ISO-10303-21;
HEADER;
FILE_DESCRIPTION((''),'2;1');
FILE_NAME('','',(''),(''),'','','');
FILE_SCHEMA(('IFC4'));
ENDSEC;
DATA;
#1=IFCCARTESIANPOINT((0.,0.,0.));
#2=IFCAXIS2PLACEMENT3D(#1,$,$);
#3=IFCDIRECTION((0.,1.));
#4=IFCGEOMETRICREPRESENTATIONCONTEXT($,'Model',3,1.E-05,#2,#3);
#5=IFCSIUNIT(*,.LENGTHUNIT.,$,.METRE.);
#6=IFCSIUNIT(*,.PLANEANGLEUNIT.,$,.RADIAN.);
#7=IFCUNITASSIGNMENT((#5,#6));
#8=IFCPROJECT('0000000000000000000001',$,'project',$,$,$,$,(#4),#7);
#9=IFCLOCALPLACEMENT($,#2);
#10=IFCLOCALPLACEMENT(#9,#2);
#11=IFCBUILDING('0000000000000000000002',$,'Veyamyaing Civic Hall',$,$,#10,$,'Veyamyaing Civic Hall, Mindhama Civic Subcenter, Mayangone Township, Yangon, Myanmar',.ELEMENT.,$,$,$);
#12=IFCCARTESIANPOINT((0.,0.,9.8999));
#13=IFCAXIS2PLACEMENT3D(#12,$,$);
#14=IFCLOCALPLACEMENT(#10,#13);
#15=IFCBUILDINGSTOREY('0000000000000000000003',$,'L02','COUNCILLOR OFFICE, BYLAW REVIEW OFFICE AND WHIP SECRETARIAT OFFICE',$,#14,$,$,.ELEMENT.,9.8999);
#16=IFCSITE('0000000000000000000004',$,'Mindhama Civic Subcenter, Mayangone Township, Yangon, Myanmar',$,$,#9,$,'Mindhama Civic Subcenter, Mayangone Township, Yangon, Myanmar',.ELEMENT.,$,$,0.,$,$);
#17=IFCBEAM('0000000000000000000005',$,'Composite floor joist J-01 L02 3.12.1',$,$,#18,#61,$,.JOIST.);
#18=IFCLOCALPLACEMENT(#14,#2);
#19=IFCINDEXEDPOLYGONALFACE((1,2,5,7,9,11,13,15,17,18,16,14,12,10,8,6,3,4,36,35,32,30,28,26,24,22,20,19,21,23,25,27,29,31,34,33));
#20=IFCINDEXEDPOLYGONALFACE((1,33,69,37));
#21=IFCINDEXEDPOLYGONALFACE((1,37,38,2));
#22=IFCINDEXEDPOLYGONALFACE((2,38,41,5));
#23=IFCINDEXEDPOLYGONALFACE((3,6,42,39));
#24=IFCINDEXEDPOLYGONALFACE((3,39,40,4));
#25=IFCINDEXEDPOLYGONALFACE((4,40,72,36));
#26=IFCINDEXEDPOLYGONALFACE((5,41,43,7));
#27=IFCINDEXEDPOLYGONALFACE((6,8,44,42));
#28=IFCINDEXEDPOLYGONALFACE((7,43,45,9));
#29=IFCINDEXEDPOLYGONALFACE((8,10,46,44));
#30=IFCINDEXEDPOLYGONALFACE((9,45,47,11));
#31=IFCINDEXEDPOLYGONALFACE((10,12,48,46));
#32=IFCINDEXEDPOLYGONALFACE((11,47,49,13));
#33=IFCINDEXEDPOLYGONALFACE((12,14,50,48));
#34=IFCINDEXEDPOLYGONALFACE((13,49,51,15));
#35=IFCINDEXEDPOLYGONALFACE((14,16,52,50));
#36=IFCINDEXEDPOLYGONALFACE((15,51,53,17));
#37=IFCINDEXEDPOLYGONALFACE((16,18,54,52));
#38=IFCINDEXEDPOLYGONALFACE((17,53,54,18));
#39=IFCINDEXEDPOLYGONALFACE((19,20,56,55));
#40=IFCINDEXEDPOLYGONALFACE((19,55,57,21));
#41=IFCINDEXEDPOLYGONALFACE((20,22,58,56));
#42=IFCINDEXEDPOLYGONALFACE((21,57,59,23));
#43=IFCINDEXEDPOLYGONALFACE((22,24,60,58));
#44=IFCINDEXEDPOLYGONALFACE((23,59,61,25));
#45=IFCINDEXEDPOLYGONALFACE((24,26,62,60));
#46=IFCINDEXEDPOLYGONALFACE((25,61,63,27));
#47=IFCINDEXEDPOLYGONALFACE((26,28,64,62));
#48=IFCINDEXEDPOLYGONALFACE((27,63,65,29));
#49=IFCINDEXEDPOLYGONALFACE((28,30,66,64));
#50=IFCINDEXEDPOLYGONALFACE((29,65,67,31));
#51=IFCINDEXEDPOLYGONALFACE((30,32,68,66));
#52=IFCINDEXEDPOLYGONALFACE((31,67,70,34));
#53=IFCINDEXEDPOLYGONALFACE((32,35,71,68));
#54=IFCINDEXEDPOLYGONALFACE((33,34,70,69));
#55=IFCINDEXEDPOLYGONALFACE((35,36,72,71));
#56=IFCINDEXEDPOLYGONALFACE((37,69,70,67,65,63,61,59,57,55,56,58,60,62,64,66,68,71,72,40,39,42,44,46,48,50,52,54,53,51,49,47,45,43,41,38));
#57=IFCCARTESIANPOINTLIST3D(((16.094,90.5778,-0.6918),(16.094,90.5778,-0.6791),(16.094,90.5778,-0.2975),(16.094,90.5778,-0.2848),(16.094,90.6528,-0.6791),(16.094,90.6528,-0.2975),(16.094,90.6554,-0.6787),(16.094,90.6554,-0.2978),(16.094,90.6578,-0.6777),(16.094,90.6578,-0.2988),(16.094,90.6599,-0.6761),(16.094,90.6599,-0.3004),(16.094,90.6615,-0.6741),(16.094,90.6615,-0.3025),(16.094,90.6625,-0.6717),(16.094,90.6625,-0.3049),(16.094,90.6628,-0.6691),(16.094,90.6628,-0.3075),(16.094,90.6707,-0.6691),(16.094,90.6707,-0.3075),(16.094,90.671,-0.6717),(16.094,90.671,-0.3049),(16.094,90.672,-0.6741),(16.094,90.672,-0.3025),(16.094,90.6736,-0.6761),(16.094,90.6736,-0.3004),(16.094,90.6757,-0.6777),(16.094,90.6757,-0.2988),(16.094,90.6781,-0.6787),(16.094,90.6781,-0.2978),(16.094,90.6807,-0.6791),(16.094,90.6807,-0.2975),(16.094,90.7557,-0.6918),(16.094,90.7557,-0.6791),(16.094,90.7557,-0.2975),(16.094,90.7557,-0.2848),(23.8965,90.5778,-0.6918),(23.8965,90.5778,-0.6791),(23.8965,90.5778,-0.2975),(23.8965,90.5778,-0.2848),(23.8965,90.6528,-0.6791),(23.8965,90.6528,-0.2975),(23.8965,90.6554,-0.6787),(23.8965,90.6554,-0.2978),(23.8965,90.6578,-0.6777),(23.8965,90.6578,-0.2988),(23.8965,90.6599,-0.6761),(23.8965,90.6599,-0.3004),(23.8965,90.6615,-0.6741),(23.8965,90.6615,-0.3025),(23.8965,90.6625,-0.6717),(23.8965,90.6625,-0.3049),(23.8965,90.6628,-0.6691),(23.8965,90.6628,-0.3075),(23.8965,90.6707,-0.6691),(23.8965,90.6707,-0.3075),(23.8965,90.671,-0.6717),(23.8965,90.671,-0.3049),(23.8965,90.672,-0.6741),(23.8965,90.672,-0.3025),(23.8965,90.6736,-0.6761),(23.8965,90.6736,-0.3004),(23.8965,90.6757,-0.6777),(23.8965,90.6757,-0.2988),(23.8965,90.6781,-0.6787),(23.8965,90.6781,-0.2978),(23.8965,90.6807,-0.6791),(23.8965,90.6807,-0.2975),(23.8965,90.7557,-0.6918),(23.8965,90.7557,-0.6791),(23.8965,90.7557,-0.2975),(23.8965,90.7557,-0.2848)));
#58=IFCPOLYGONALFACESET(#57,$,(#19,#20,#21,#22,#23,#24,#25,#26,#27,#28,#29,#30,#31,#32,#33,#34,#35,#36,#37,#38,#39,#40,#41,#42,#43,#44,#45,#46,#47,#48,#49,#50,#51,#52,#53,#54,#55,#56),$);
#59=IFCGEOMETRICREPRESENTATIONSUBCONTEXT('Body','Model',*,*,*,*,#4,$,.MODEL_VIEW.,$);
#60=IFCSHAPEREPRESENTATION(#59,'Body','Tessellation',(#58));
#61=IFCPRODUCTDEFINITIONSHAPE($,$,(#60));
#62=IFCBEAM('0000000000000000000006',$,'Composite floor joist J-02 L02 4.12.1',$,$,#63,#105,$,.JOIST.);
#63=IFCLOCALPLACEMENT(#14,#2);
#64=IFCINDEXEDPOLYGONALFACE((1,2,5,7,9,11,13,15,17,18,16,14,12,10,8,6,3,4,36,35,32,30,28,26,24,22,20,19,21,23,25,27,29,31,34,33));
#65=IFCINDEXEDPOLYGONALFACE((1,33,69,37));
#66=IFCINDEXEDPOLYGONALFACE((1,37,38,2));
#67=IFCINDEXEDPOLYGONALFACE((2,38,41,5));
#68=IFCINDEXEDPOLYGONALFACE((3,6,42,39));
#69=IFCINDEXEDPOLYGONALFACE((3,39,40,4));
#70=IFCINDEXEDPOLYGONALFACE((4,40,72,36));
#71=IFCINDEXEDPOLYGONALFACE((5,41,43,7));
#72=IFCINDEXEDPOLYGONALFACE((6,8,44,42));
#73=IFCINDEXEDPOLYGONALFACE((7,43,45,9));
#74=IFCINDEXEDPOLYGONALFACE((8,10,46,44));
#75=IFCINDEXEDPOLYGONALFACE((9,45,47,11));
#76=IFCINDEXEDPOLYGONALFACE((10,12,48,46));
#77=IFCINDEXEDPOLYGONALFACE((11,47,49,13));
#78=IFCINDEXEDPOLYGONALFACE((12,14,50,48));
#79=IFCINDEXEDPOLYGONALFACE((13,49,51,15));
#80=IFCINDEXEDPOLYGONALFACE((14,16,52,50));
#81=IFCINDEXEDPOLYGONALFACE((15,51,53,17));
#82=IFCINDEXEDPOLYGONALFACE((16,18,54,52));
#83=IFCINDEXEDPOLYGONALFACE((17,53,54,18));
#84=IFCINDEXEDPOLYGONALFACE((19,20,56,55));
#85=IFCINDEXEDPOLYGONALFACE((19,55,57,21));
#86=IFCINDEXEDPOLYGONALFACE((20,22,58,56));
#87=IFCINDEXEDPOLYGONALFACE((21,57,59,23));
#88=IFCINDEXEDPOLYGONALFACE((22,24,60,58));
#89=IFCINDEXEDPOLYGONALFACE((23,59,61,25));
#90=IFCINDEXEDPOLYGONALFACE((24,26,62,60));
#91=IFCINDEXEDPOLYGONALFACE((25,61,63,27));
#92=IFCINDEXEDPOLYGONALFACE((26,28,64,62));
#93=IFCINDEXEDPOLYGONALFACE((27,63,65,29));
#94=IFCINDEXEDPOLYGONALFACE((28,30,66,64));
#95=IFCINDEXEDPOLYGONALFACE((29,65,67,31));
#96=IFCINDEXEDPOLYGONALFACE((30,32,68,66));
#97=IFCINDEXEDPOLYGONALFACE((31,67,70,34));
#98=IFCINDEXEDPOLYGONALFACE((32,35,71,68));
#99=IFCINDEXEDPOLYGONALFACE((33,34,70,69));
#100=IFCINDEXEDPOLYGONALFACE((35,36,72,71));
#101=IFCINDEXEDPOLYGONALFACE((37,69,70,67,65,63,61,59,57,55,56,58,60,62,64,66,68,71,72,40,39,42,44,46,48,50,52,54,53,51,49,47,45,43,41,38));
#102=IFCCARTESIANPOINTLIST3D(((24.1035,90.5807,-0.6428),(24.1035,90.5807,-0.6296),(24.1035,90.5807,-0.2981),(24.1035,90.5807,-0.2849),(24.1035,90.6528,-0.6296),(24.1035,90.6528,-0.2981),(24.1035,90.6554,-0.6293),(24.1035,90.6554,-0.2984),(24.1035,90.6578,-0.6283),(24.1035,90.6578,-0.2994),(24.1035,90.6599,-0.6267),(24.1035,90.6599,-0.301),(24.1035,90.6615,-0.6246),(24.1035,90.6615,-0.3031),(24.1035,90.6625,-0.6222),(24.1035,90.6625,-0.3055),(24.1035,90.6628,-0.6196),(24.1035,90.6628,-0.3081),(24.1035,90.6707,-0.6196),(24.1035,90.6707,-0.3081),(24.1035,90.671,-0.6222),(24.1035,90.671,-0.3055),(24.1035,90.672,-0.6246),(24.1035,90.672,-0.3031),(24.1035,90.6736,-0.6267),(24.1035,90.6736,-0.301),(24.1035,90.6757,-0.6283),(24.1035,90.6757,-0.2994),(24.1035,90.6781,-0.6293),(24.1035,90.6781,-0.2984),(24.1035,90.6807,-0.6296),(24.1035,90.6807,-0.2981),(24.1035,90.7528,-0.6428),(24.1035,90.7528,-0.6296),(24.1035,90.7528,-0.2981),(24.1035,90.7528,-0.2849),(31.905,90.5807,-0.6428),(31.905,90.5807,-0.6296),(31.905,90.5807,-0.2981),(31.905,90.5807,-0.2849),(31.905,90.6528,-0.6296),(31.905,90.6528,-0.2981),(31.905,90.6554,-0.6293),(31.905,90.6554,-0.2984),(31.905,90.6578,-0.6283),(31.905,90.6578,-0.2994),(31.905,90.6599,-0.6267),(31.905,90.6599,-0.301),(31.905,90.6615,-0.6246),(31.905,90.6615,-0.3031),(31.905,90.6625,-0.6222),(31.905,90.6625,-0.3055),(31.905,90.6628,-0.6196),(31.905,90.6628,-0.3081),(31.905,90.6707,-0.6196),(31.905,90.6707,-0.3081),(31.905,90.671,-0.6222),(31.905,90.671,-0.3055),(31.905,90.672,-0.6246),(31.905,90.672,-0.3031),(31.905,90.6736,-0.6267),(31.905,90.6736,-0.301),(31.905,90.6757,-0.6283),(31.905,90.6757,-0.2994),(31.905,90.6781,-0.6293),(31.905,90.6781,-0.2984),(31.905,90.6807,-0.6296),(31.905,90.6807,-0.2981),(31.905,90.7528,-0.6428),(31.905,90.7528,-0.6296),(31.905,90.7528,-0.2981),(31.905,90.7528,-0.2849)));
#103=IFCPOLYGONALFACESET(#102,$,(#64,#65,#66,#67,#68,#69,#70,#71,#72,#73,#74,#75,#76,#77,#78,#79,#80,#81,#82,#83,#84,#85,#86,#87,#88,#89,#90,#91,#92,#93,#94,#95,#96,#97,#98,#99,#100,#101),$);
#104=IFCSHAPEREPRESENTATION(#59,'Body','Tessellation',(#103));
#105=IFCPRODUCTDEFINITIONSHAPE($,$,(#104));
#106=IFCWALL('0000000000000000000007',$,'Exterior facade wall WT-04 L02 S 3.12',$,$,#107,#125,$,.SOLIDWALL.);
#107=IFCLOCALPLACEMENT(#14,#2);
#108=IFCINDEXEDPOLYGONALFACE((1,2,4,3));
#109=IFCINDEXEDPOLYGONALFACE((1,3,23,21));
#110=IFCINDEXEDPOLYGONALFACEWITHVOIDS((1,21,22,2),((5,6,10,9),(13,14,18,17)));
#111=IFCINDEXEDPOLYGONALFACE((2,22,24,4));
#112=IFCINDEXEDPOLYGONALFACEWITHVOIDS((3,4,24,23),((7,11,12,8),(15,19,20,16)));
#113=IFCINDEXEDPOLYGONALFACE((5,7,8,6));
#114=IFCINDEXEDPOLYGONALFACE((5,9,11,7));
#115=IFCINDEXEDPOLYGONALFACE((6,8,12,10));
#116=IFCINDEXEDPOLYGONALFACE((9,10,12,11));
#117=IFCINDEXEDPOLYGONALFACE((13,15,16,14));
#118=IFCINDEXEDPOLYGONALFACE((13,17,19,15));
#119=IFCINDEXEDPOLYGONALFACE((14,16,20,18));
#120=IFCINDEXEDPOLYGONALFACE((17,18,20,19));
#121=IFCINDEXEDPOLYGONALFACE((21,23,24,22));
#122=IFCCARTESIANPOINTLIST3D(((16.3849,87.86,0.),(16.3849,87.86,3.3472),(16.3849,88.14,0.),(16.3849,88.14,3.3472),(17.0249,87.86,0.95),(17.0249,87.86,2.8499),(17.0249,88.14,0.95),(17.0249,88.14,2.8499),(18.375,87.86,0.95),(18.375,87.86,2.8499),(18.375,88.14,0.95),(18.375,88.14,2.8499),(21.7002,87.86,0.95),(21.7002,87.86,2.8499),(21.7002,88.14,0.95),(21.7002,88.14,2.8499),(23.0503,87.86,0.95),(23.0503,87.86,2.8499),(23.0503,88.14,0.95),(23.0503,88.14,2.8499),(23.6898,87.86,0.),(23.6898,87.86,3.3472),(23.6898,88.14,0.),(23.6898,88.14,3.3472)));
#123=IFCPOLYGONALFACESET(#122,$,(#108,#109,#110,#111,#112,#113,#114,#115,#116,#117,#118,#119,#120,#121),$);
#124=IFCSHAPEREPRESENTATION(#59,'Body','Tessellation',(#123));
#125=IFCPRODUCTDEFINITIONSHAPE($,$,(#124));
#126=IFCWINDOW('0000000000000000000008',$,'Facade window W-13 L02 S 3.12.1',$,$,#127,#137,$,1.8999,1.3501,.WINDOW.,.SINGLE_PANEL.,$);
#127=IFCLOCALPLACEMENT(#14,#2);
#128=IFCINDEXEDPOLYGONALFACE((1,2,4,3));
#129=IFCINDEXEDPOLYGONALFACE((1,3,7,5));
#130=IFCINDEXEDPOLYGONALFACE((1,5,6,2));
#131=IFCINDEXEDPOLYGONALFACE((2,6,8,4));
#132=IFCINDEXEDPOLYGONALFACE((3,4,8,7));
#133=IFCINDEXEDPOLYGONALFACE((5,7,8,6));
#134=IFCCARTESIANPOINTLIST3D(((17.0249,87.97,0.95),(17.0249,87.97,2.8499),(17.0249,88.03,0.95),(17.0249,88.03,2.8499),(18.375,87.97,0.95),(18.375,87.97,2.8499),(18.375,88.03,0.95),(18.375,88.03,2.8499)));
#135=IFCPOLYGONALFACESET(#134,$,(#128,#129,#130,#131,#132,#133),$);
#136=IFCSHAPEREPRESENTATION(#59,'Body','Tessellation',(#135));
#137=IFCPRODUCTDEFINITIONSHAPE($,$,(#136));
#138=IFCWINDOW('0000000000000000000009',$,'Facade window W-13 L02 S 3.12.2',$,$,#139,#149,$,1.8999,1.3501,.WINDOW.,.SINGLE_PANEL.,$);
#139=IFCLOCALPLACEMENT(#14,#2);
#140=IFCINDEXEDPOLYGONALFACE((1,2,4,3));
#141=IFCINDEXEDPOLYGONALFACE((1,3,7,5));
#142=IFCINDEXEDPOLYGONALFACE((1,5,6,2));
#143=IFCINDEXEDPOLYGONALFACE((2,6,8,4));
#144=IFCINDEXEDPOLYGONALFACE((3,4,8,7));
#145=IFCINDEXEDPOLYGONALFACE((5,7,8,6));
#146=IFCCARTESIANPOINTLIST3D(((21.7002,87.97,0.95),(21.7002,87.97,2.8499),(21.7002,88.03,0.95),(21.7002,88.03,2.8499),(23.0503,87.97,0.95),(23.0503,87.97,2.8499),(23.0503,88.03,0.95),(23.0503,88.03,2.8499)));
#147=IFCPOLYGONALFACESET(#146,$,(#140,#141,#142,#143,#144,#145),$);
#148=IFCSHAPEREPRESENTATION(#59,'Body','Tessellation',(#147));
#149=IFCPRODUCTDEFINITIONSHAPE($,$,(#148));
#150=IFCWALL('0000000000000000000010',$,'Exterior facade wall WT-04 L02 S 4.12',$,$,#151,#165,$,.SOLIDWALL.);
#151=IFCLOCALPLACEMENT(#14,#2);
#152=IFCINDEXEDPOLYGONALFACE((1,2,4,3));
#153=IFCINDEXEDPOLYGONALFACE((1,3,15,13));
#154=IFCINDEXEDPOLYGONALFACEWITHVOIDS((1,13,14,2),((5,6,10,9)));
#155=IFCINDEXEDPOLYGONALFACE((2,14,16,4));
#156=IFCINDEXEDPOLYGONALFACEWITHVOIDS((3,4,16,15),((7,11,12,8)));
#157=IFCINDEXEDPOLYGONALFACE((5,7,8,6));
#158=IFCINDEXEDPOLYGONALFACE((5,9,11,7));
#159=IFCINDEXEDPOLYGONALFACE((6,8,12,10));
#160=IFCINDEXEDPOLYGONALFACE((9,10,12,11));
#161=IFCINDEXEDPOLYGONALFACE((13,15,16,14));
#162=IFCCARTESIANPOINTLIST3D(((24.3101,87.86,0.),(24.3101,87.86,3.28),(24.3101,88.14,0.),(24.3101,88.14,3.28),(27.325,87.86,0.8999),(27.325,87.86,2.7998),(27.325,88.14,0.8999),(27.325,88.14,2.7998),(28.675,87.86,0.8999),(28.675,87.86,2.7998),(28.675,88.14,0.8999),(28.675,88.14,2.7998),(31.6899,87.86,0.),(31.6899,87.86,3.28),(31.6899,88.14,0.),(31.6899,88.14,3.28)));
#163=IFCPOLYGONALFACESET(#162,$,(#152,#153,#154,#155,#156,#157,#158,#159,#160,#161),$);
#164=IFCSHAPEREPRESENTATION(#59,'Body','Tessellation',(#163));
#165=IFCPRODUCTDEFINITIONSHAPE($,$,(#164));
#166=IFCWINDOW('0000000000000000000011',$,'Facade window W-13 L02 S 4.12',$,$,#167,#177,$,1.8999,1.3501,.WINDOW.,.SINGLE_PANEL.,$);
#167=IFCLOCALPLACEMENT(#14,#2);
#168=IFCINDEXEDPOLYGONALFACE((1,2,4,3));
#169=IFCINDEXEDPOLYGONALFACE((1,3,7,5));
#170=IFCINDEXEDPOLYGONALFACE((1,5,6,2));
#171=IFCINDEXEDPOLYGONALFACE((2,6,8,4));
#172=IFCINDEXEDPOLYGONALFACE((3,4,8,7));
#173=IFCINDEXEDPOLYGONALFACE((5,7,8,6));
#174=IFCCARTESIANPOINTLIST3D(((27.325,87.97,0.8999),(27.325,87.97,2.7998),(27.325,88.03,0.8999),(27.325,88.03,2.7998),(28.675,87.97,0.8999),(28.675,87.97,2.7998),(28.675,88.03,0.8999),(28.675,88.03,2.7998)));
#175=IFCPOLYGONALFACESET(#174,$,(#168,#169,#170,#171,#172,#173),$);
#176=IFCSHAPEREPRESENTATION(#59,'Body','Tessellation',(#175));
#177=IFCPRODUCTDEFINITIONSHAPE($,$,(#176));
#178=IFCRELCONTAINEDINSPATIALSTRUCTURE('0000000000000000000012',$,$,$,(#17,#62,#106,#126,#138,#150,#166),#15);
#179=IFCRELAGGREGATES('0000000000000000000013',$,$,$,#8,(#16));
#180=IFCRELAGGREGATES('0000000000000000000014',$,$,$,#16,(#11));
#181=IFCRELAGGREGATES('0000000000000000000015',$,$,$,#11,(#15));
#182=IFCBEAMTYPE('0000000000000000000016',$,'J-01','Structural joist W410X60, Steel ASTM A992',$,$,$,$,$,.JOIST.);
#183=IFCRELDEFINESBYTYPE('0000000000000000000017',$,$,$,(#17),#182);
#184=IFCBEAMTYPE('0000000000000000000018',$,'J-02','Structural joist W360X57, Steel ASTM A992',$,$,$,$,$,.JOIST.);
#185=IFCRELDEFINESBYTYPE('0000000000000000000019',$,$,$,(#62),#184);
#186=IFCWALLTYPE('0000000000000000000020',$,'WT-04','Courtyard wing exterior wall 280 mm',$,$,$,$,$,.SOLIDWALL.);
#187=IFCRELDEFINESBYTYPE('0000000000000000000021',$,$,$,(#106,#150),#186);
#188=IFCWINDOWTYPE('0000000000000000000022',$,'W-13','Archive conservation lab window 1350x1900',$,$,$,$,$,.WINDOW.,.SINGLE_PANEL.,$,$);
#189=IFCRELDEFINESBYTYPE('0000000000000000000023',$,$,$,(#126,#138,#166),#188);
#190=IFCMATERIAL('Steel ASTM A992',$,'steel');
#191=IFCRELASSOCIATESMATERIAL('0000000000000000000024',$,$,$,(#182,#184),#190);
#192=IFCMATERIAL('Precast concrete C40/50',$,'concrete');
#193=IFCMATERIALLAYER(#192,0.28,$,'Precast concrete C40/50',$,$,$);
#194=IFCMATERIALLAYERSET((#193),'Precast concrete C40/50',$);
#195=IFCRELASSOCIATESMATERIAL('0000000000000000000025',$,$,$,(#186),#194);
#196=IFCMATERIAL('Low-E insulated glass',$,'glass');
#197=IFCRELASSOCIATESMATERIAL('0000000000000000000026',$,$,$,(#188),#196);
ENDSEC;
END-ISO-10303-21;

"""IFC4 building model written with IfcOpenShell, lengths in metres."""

from ifc_helpers import new_model, si_unit, direction, frame, frame_2d, origin, origin_2d, place, context, subcontext, project, spatial, rectangle, i_section, extrude, material, layer, layer_set, material_profile, profile_set, type_object, element, fill, save


model = new_model("IFC4")

# Units and contexts
model_context = context("Model", 3, precision=1e-05, world=origin(), true_north=direction((0.0, 1.0)))
body_context = subcontext(model_context, "Body", "Model", "MODEL_VIEW")
ifc_project = project(units=[si_unit("LENGTHUNIT", "METRE"), si_unit("PLANEANGLEUNIT", "RADIAN")], contexts=[model_context])

# Site, building, storey
site_placement = place(None, origin())
site = spatial("IfcSite", under=ifc_project, at=site_placement, Name="Mindhama Civic Subcenter, Mayangone Township, Yangon, Myanmar", LongName="Mindhama Civic Subcenter, Mayangone Township, Yangon, Myanmar", CompositionType="ELEMENT", RefElevation=0.0)
building_placement = place(site_placement, origin())
building = spatial("IfcBuilding", under=site, at=building_placement, Name="Veyamyaing Civic Hall", LongName="Veyamyaing Civic Hall, Mindhama Civic Subcenter, Mayangone Township, Yangon, Myanmar", CompositionType="ELEMENT")
storey_placement = place(building_placement, frame((0.0, 0.0, 9.8999)))
storey = spatial("IfcBuildingStorey", under=building, at=storey_placement, Name="L02", Description="COUNCILLOR OFFICE, BYLAW REVIEW OFFICE AND WHIP SECRETARIAT OFFICE", CompositionType="ELEMENT", Elevation=9.8999)

# Beams
ifc_material_1 = material(Name="Steel ASTM A992", Category="steel")
ifc_material_profile_1 = material_profile(ifc_material_1, i_section(OverallWidth=0.178, OverallDepth=0.407, WebThickness=0.0078, FlangeThickness=0.0127, FilletRadius=0.01, at=origin_2d()), Name="W410X60")
ifc_profile_set_1 = profile_set([ifc_material_profile_1], Name="Steel ASTM A992")
beam_type_1 = type_object("IfcBeamType", Name="J-01", Description="Structural joist W410X60, Steel ASTM A992", PredefinedType="JOIST", material=ifc_profile_set_1)
beam_1_placement = place(storey_placement, frame((16.094, 90.6667, -0.4883), z_axis=(1.0, 0.0, 0.0), x_axis=(0.0, 1.0, 0.0)))
element("IfcBeam", 1, at=beam_1_placement, inside=storey, type_object=beam_type_1, Name="Composite floor joist J-01 L02 3.12.1", PredefinedType="JOIST", context=body_context, shape_type="SweptSolid", body=[
    extrude(i_section(OverallWidth=0.178, OverallDepth=0.407, WebThickness=0.0078, FlangeThickness=0.0127, FilletRadius=0.01, at=origin_2d()), origin(), (0.0, 0.0, 1.0), 7.8025),
])
ifc_material_profile_2 = material_profile(ifc_material_1, i_section(OverallWidth=0.1721, OverallDepth=0.3579, WebThickness=0.0078, FlangeThickness=0.0132, FilletRadius=0.01, at=origin_2d()), Name="W360X57")
ifc_profile_set_2 = profile_set([ifc_material_profile_2], Name="Steel ASTM A992")
beam_type_2 = type_object("IfcBeamType", Name="J-02", Description="Structural joist W360X57, Steel ASTM A992", PredefinedType="JOIST", material=ifc_profile_set_2)
beam_2_placement = place(storey_placement, frame((24.1035, 90.6667, -0.4639), z_axis=(1.0, 0.0, 0.0), x_axis=(0.0, 1.0, 0.0)))
element("IfcBeam", 2, at=beam_2_placement, inside=storey, type_object=beam_type_2, Name="Composite floor joist J-02 L02 4.12.1", PredefinedType="JOIST", context=body_context, shape_type="SweptSolid", body=[
    extrude(i_section(OverallWidth=0.1721, OverallDepth=0.3579, WebThickness=0.0078, FlangeThickness=0.0132, FilletRadius=0.01, at=origin_2d()), origin(), (0.0, 0.0, 1.0), 7.8015),
])

# Wall, openings, windows
ifc_material_2 = material(Name="Precast concrete C40/50", Category="concrete")
ifc_layer_1 = layer(ifc_material_2, 0.28, Name="Precast concrete C40/50")
ifc_layer_set_1 = layer_set([ifc_layer_1], Name="Precast concrete C40/50")
wall_type_1 = type_object("IfcWallType", Name="WT-04", Description="Courtyard wing exterior wall 280 mm", PredefinedType="SOLIDWALL", material=ifc_layer_set_1)
wall_1_placement = place(storey_placement, frame((16.385, 88.0, 0.0), z_axis=(0.0, 0.0, 1.0), x_axis=(1.0, 0.0, 0.0)))
wall_1 = element("IfcWall", 3, at=wall_1_placement, inside=storey, type_object=wall_type_1, Name="Exterior facade wall WT-04 L02 S 3.12", PredefinedType="SOLIDWALL", context=body_context, shape_type="SweptSolid", body=[
    extrude(rectangle(XDim=7.3049, YDim=0.28, at=frame_2d((3.6523, 0.0))), origin(), (0.0, 0.0, 1.0), 3.3472),
])
opening_1_placement = place(wall_1_placement, frame((0.6399, 0.0, 0.95)))
opening_1 = element("IfcOpeningElement", 4, at=opening_1_placement, cuts=wall_1, PredefinedType="OPENING", context=body_context, shape_type="SweptSolid", body=[
    extrude(rectangle(XDim=1.3501, YDim=1.8999, at=frame_2d((0.675, 0.95))), frame((0.0, 0.1499, 0.0), z_axis=(0.0, -1.0, 0.0), x_axis=(1.0, 0.0, 0.0)), (0.0, 0.0, 1.0), 0.3),
])
opening_2_placement = place(wall_1_placement, frame((5.3152, 0.0, 0.95)))
opening_2 = element("IfcOpeningElement", 5, at=opening_2_placement, cuts=wall_1, PredefinedType="OPENING", context=body_context, shape_type="SweptSolid", body=[
    extrude(rectangle(XDim=1.3501, YDim=1.8999, at=frame_2d((0.675, 0.95))), frame((0.0, 0.1499, 0.0), z_axis=(0.0, -1.0, 0.0), x_axis=(1.0, 0.0, 0.0)), (0.0, 0.0, 1.0), 0.3),
])
ifc_material_3 = material(Name="Low-E insulated glass", Category="glass")
window_type = type_object("IfcWindowType", Name="W-13", Description="Archive conservation lab window 1350x1900", PartitioningType="SINGLE_PANEL", PredefinedType="WINDOW", material=ifc_material_3)
window_1_placement = place(opening_1_placement, origin())
window_1 = element("IfcWindow", 6, at=window_1_placement, inside=storey, type_object=window_type, Name="Facade window W-13 L02 S 3.12.1", OverallHeight=1.8999, OverallWidth=1.3501, PartitioningType="SINGLE_PANEL", PredefinedType="WINDOW", context=body_context, shape_type="SweptSolid", body=[
    extrude(rectangle(XDim=1.3501, YDim=1.8999, at=frame_2d((0.675, 0.95))), frame((0.0, 0.03, 0.0), z_axis=(0.0, -1.0, 0.0), x_axis=(1.0, 0.0, 0.0)), (0.0, 0.0, 1.0), 0.0601),
])
fill(opening_1, window_1)
window_2_placement = place(opening_2_placement, origin())
window_2 = element("IfcWindow", 7, at=window_2_placement, inside=storey, type_object=window_type, Name="Facade window W-13 L02 S 3.12.2", OverallHeight=1.8999, OverallWidth=1.3501, PartitioningType="SINGLE_PANEL", PredefinedType="WINDOW", context=body_context, shape_type="SweptSolid", body=[
    extrude(rectangle(XDim=1.3501, YDim=1.8999, at=frame_2d((0.675, 0.95))), frame((0.0, 0.03, 0.0), z_axis=(0.0, -1.0, 0.0), x_axis=(1.0, 0.0, 0.0)), (0.0, 0.0, 1.0), 0.0601),
])
fill(opening_2, window_2)

# Wall, opening, window
wall_2_placement = place(storey_placement, frame((24.3101, 88.0, 0.0), z_axis=(0.0, 0.0, 1.0), x_axis=(1.0, 0.0, 0.0)))
wall_2 = element("IfcWall", 8, at=wall_2_placement, inside=storey, type_object=wall_type_1, Name="Exterior facade wall WT-04 L02 S 4.12", PredefinedType="SOLIDWALL", context=body_context, shape_type="SweptSolid", body=[
    extrude(rectangle(XDim=7.3799, YDim=0.28, at=frame_2d((3.6899, 0.0))), origin(), (0.0, 0.0, 1.0), 3.28),
])
opening_3_placement = place(wall_2_placement, frame((3.0149, 0.0, 0.8999)))
opening_3 = element("IfcOpeningElement", 9, at=opening_3_placement, cuts=wall_2, PredefinedType="OPENING", context=body_context, shape_type="SweptSolid", body=[
    extrude(rectangle(XDim=1.3501, YDim=1.8999, at=frame_2d((0.675, 0.95))), frame((0.0, 0.1499, 0.0), z_axis=(0.0, -1.0, 0.0), x_axis=(1.0, 0.0, 0.0)), (0.0, 0.0, 1.0), 0.3),
])
window_3_placement = place(opening_3_placement, origin())
window_3 = element("IfcWindow", 10, at=window_3_placement, inside=storey, type_object=window_type, Name="Facade window W-13 L02 S 4.12", OverallHeight=1.8999, OverallWidth=1.3501, PartitioningType="SINGLE_PANEL", PredefinedType="WINDOW", context=body_context, shape_type="SweptSolid", body=[
    extrude(rectangle(XDim=1.3501, YDim=1.8999, at=frame_2d((0.675, 0.95))), frame((0.0, 0.03, 0.0), z_axis=(0.0, -1.0, 0.0), x_axis=(1.0, 0.0, 0.0)), (0.0, 0.0, 1.0), 0.0601),
])
fill(opening_3, window_3)

save(model, "model.ifc")
